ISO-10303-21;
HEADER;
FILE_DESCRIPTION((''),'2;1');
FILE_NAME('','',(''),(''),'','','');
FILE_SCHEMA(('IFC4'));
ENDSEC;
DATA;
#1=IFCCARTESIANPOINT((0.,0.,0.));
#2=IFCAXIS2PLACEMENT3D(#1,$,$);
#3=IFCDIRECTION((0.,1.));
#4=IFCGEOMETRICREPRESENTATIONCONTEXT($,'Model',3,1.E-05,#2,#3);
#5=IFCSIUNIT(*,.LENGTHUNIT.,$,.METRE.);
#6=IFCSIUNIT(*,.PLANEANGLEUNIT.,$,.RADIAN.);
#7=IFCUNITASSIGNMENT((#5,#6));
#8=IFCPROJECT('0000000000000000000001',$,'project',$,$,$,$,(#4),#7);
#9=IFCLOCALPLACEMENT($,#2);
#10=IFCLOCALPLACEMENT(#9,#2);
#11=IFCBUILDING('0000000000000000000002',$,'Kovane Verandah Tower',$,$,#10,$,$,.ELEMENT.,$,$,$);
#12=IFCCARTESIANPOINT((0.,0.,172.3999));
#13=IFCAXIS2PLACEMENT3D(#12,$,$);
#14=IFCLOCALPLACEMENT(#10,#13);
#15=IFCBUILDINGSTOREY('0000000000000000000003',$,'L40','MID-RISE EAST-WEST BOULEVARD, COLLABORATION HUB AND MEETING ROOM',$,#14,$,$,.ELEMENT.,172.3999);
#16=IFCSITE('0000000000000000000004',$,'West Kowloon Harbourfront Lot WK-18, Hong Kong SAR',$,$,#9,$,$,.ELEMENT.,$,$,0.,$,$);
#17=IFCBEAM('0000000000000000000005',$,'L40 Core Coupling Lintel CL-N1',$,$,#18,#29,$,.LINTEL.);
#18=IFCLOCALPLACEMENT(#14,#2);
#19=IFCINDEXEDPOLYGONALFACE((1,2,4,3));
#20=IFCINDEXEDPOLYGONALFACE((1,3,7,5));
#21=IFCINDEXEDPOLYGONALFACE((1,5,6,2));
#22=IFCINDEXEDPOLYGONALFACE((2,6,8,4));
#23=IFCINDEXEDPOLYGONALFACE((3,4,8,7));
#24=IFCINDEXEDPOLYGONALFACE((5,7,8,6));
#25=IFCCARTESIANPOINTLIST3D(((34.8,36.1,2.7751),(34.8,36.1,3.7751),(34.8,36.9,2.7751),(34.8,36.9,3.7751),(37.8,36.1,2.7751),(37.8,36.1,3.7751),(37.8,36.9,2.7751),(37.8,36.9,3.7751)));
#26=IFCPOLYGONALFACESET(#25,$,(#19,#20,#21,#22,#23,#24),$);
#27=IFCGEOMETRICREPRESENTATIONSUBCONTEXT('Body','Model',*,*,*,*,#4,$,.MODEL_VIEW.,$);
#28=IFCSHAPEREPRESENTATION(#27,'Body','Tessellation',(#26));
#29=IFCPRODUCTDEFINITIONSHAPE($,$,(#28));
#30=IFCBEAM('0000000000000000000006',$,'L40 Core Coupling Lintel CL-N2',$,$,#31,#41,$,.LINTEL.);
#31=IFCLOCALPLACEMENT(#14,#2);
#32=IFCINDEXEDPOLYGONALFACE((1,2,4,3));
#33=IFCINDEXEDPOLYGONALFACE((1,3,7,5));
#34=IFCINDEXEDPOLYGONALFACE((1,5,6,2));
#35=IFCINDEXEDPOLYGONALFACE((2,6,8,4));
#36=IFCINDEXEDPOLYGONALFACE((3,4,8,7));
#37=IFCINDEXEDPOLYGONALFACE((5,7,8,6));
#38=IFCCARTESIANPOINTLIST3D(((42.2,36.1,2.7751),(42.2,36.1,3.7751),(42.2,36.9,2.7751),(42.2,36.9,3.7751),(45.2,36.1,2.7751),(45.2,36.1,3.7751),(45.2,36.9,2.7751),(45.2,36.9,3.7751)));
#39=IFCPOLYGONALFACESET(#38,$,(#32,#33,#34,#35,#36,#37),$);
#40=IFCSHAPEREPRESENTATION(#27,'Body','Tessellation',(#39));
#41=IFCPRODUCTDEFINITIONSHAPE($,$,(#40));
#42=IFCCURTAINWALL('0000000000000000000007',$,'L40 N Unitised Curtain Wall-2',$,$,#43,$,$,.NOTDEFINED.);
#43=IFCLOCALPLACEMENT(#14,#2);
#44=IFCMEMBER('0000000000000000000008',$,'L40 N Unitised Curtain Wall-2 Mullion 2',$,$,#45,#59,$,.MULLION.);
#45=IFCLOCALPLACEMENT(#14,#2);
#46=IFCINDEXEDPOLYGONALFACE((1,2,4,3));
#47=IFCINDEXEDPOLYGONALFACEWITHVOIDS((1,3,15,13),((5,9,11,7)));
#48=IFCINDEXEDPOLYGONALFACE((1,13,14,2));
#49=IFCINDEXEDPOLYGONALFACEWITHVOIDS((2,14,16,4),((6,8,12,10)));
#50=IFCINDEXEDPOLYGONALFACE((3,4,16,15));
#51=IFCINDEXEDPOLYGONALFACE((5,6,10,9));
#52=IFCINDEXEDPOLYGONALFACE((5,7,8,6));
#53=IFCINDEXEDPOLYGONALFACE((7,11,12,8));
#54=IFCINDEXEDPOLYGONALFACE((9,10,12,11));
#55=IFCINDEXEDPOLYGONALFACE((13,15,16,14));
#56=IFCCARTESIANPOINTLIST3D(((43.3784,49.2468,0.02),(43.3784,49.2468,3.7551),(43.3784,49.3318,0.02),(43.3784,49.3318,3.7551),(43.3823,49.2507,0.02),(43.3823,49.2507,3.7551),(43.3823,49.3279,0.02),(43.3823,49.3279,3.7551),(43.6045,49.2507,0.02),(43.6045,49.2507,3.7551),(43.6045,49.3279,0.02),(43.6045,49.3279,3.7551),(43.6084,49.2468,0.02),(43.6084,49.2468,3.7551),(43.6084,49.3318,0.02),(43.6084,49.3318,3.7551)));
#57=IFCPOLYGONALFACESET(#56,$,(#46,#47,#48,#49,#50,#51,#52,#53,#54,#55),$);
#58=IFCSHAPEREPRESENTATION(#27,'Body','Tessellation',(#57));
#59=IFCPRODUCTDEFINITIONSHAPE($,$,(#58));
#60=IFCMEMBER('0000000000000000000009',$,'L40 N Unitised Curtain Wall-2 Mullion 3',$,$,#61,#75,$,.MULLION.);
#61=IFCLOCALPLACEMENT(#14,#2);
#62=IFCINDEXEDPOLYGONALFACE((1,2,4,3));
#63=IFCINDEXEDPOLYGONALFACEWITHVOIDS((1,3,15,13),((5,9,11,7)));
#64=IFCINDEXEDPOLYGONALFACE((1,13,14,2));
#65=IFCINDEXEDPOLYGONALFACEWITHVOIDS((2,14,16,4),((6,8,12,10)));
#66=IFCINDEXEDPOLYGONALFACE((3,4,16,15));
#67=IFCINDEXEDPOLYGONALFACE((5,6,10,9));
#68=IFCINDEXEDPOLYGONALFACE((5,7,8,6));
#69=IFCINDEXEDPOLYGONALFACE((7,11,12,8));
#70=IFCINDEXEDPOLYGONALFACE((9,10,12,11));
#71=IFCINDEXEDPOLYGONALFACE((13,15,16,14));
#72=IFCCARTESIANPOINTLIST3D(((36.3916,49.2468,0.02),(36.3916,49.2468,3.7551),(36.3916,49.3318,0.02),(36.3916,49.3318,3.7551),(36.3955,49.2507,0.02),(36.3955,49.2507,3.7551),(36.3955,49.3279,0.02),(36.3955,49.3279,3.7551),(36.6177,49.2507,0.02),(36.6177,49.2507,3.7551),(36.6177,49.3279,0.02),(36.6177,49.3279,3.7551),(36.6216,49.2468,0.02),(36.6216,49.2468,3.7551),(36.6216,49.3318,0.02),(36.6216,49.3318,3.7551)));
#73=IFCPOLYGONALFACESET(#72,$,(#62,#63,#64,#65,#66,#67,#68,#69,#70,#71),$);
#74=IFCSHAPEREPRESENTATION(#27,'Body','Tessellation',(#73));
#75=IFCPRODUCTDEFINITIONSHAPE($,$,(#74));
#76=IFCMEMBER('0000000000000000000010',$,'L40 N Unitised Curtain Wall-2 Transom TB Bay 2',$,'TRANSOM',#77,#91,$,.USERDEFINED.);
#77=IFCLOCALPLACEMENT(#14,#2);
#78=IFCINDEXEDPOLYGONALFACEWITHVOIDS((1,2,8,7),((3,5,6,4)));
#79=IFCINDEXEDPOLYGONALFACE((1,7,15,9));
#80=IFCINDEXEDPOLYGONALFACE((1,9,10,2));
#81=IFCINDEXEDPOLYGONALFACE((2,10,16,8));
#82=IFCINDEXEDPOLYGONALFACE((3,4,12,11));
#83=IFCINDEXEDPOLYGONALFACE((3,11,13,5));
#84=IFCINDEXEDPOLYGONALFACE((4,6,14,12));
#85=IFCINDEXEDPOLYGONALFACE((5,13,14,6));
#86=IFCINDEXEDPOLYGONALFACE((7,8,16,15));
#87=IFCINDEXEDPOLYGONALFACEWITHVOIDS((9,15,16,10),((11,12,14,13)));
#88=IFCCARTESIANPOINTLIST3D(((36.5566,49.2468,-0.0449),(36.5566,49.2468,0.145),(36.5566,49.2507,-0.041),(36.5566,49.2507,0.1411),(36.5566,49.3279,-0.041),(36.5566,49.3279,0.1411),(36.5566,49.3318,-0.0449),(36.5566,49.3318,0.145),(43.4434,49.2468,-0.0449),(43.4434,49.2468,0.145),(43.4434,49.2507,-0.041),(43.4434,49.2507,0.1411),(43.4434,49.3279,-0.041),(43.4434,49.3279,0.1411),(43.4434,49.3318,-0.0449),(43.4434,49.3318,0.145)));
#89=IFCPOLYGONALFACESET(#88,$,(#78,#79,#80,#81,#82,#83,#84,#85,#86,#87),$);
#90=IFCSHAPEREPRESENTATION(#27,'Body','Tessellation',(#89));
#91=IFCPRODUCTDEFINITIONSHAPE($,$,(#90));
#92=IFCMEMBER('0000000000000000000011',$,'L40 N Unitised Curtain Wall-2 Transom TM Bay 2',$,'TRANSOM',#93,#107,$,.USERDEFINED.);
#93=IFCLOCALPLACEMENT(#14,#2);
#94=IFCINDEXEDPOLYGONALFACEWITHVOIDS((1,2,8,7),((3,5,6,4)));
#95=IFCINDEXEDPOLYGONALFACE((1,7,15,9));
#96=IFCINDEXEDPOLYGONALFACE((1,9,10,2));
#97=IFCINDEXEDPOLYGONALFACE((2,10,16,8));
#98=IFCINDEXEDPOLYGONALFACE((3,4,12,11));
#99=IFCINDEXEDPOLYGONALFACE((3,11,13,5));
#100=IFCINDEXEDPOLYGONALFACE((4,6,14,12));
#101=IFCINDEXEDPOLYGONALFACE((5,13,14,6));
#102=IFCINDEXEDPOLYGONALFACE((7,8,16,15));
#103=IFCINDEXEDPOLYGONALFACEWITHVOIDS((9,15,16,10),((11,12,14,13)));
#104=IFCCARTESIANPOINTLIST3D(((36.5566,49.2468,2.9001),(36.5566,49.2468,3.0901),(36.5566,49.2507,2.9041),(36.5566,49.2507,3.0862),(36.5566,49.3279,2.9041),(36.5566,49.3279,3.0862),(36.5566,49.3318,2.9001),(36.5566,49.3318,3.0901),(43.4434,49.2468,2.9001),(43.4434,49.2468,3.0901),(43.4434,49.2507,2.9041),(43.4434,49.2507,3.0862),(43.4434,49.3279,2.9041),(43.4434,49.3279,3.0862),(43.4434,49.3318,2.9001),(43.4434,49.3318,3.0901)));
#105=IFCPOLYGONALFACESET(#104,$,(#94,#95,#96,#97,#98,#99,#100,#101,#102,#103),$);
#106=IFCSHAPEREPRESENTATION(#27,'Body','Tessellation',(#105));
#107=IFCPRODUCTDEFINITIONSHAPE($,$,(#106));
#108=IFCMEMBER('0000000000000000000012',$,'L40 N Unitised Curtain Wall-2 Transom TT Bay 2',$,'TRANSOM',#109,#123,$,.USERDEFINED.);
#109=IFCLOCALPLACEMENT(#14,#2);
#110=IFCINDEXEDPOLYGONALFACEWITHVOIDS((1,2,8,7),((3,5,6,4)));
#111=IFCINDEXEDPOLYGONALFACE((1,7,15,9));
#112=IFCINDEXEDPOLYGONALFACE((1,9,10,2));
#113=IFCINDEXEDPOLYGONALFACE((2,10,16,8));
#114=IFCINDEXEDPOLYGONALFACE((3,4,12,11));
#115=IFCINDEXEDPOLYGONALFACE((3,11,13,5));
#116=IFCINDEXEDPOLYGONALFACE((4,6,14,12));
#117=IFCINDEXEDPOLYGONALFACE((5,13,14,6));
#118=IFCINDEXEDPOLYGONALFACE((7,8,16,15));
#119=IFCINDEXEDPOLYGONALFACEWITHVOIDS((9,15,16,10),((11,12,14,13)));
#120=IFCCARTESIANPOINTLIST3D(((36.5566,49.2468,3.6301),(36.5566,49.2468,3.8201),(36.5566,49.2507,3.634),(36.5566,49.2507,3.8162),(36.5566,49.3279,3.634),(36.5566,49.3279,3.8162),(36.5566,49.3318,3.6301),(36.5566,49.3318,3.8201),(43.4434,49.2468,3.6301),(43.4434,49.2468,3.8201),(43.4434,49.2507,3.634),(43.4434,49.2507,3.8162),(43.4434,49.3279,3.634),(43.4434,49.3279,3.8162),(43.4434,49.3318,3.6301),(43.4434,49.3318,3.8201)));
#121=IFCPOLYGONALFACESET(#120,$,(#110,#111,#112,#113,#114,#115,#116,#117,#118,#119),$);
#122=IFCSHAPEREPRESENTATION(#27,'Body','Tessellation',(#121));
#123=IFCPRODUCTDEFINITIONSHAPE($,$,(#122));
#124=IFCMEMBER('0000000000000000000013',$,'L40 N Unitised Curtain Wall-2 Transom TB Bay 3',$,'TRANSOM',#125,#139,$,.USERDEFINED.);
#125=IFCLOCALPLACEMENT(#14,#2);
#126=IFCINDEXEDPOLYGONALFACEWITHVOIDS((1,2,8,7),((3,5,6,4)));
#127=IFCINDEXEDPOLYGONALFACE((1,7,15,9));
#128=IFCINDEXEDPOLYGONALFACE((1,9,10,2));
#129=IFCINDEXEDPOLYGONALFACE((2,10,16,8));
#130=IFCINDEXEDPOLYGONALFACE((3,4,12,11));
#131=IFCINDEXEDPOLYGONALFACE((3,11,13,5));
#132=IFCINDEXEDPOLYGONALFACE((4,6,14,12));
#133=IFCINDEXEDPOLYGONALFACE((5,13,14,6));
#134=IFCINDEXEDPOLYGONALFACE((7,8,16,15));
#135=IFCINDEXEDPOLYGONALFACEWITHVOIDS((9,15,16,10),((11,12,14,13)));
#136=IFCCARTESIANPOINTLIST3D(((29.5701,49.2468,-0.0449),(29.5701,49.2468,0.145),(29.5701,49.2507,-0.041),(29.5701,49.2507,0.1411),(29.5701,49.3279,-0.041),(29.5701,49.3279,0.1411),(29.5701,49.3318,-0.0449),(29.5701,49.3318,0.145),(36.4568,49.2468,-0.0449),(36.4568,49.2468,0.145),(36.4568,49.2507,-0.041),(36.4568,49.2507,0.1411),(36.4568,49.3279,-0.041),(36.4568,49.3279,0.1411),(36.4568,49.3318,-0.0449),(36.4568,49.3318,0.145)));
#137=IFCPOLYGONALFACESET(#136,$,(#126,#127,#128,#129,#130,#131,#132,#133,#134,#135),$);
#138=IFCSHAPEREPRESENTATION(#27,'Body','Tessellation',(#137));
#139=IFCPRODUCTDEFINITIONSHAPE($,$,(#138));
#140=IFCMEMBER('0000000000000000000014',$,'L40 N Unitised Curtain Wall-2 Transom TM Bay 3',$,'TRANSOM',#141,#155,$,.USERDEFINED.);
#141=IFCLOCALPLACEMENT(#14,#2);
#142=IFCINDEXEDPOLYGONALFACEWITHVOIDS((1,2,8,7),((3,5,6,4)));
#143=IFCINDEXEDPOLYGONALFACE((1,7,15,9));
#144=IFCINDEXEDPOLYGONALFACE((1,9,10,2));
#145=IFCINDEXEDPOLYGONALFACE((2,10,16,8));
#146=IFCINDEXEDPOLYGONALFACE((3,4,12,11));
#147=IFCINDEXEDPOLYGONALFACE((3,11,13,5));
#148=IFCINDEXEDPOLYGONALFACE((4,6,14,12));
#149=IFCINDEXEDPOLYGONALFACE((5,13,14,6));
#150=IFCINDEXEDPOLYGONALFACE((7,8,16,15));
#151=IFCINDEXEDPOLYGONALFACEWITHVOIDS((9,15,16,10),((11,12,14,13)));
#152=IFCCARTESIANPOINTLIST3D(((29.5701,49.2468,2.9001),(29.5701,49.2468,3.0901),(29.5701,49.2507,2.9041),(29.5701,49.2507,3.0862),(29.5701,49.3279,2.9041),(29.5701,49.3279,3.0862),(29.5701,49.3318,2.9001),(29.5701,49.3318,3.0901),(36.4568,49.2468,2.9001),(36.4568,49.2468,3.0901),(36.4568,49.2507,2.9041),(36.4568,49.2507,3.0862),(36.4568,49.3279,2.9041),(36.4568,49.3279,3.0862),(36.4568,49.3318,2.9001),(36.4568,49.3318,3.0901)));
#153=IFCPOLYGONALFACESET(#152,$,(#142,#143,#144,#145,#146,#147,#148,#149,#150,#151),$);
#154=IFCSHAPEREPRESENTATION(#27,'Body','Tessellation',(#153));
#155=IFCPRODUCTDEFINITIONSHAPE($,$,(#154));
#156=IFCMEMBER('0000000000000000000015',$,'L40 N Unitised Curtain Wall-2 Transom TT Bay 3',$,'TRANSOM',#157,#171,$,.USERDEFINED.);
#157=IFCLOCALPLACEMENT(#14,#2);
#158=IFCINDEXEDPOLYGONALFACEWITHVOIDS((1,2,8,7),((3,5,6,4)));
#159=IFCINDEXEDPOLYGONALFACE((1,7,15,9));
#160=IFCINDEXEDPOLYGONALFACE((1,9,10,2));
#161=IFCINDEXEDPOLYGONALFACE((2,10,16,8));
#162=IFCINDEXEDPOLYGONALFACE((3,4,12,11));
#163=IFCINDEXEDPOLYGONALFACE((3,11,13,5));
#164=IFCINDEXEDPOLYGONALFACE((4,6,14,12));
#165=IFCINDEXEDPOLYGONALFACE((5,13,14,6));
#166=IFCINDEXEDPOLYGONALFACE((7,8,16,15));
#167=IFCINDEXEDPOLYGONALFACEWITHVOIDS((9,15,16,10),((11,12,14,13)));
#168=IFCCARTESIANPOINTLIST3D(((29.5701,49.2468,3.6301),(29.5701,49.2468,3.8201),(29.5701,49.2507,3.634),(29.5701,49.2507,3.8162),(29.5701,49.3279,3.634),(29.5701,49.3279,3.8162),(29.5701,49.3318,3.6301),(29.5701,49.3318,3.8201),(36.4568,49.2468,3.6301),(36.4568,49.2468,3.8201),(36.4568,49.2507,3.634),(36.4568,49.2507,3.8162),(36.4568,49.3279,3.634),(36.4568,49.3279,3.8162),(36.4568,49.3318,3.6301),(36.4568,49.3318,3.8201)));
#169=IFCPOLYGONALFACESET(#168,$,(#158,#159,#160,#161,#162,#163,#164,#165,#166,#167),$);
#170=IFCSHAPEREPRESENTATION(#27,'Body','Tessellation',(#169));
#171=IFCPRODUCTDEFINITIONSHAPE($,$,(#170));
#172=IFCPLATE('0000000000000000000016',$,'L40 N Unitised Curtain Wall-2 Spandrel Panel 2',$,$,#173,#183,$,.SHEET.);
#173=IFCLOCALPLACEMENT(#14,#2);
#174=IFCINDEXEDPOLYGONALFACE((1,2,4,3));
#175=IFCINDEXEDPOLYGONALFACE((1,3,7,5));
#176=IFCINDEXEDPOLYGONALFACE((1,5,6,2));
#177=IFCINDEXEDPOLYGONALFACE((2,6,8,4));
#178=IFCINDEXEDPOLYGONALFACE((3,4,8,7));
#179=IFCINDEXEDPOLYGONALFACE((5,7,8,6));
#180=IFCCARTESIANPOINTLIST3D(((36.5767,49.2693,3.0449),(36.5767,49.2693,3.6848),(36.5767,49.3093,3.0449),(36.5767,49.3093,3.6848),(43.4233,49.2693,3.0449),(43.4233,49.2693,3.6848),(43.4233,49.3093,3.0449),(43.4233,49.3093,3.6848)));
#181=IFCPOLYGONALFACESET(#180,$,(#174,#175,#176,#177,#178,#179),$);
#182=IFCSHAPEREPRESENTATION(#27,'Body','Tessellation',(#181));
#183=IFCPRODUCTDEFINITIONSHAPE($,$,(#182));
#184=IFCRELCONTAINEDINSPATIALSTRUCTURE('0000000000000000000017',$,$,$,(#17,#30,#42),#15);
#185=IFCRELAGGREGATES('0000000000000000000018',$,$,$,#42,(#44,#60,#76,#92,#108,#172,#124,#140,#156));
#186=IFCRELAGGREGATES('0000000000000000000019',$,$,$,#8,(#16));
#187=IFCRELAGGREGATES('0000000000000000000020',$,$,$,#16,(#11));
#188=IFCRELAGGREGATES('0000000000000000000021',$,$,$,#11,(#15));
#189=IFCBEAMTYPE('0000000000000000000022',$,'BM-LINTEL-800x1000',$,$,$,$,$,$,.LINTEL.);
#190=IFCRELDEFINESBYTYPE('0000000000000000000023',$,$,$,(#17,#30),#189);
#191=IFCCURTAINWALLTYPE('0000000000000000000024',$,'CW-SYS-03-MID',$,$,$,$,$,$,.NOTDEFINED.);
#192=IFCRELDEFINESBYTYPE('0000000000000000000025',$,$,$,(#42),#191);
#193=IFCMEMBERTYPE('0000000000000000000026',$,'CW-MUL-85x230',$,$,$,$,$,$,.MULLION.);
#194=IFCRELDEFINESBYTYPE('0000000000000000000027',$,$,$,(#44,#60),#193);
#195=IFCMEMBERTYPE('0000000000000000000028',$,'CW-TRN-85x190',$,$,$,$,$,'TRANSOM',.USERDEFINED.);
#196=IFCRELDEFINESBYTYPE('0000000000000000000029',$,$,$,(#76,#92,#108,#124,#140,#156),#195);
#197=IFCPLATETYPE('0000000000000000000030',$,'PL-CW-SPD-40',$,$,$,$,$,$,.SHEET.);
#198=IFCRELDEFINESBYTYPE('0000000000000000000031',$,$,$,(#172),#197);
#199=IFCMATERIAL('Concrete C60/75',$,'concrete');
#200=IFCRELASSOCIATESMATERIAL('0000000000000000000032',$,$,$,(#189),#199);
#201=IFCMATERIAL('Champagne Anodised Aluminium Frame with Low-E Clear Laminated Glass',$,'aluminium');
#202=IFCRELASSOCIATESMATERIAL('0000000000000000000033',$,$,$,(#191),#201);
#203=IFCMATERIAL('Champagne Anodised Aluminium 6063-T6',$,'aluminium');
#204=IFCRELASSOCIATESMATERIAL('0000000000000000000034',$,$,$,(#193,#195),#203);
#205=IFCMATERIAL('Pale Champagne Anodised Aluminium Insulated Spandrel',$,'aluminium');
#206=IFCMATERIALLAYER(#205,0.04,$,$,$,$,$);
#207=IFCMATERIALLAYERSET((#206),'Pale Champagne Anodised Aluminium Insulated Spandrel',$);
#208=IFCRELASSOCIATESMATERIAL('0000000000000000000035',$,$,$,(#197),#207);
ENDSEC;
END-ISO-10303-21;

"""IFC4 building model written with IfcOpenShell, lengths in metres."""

from ifc_helpers import new_model, si_unit, direction, frame, origin, origin_2d, place, context, subcontext, project, spatial, rectangle, hollow_rectangle, extrude, material, layer, layer_set, material_profile, profile_set, type_object, element, aggregate, save


model = new_model("IFC4")

# Units and contexts
model_context = context("Model", 3, precision=1e-05, world=origin(), true_north=direction((0.0, 1.0)))
body_context = subcontext(model_context, "Body", "Model", "MODEL_VIEW")
ifc_project = project(units=[si_unit("LENGTHUNIT", "METRE"), si_unit("PLANEANGLEUNIT", "RADIAN")], contexts=[model_context])

# Site, building, storey
site_placement = place(None, origin())
site = spatial("IfcSite", under=ifc_project, at=site_placement, Name="West Kowloon Harbourfront Lot WK-18, Hong Kong SAR", CompositionType="ELEMENT", RefElevation=0.0)
building_placement = place(site_placement, origin())
building = spatial("IfcBuilding", under=site, at=building_placement, Name="Kovane Verandah Tower", CompositionType="ELEMENT")
storey_placement = place(building_placement, frame((0.0, 0.0, 172.3999)))
storey = spatial("IfcBuildingStorey", under=building, at=storey_placement, Name="L40", Description="MID-RISE EAST-WEST BOULEVARD, COLLABORATION HUB AND MEETING ROOM", CompositionType="ELEMENT", Elevation=172.3999)

# Beams
ifc_material_1 = material(Name="Concrete C60/75", Category="concrete")
ifc_material_profile_1 = material_profile(ifc_material_1, rectangle(XDim=0.8, YDim=1.0, at=origin_2d()), Name="RCB800x1000")
ifc_profile_set_1 = profile_set([ifc_material_profile_1], Name="Concrete C60/75")
beam_type = type_object("IfcBeamType", Name="BM-LINTEL-800x1000", PredefinedType="LINTEL", material=ifc_profile_set_1)
for number, where, z_axis, x_axis, name in (
    (1, (34.8, 36.5, 3.2751), (1.0, 0.0, 0.0), (0.0, 1.0, 0.0), "L40 Core Coupling Lintel CL-N1"),
    (2, (42.2, 36.5, 3.2751), (1.0, 0.0, 0.0), (0.0, 1.0, 0.0), "L40 Core Coupling Lintel CL-N2"),
):
    element("IfcBeam", number, at=place(storey_placement, frame(where, z_axis=z_axis, x_axis=x_axis)), inside=storey, type_object=beam_type, Name=name, PredefinedType="LINTEL", context=body_context, shape_type="SweptSolid", body=[
        extrude(rectangle(XDim=0.8, YDim=1.0, at=origin_2d()), origin(), (0.0, 0.0, 1.0), 3.0),
    ])

# Curtain wall, members, plate
ifc_material_2 = material(Name="Champagne Anodised Aluminium Frame with Low-E Clear Laminated Glass", Category="aluminium")
curtain_wall_type = type_object("IfcCurtainWallType", Name="CW-SYS-03-MID", PredefinedType="NOTDEFINED", material=ifc_material_2)
curtain_wall_placement = place(storey_placement, origin())
curtain_wall = element("IfcCurtainWall", 3, at=curtain_wall_placement, inside=storey, type_object=curtain_wall_type, Name="L40 N Unitised Curtain Wall-2", PredefinedType="NOTDEFINED")
ifc_material_3 = material(Name="Champagne Anodised Aluminium 6063-T6", Category="aluminium")
ifc_material_profile_2 = material_profile(ifc_material_3, hollow_rectangle(XDim=0.085, YDim=0.23, WallThickness=0.0039, at=origin_2d()), Name="AL85x230x4")
ifc_profile_set_2 = profile_set([ifc_material_profile_2], Name="Champagne Anodised Aluminium 6063-T6")
member_type_1 = type_object("IfcMemberType", Name="CW-MUL-85x230", PredefinedType="MULLION", material=ifc_profile_set_2)
member_1_placement = place(storey_placement, frame((43.4934, 49.2893, 0.02), z_axis=(0.0, 0.0, 1.0), x_axis=(0.0, 1.0, 0.0)))
member_1 = element("IfcMember", 4, at=member_1_placement, type_object=member_type_1, Name="L40 N Unitised Curtain Wall-2 Mullion 2", PredefinedType="MULLION", context=body_context, shape_type="SweptSolid", body=[
    extrude(hollow_rectangle(XDim=0.085, YDim=0.23, WallThickness=0.0039, at=origin_2d()), origin(), (0.0, 0.0, 1.0), 3.7351),
])
member_2_placement = place(storey_placement, frame((36.5066, 49.2893, 0.02), z_axis=(0.0, 0.0, 1.0), x_axis=(0.0, 1.0, 0.0)))
member_2 = element("IfcMember", 5, at=member_2_placement, type_object=member_type_1, Name="L40 N Unitised Curtain Wall-2 Mullion 3", PredefinedType="MULLION", context=body_context, shape_type="SweptSolid", body=[
    extrude(hollow_rectangle(XDim=0.085, YDim=0.23, WallThickness=0.0039, at=origin_2d()), origin(), (0.0, 0.0, 1.0), 3.7351),
])
ifc_material_profile_3 = material_profile(ifc_material_3, hollow_rectangle(XDim=0.085, YDim=0.1899, WallThickness=0.0039, at=origin_2d()), Name="AL85x190x4")
ifc_profile_set_3 = profile_set([ifc_material_profile_3], Name="Champagne Anodised Aluminium 6063-T6")
member_type_2 = type_object("IfcMemberType", Name="CW-TRN-85x190", ElementType="TRANSOM", PredefinedType="USERDEFINED", material=ifc_profile_set_3)
member_3_placement = place(storey_placement, frame((43.4434, 49.2893, 0.05), z_axis=(-1.0, 0.0, 0.0), x_axis=(0.0, -1.0, 0.0)))
member_3 = element("IfcMember", 6, at=member_3_placement, type_object=member_type_2, Name="L40 N Unitised Curtain Wall-2 Transom TB Bay 2", ObjectType="TRANSOM", PredefinedType="USERDEFINED", context=body_context, shape_type="SweptSolid", body=[
    extrude(hollow_rectangle(XDim=0.085, YDim=0.1899, WallThickness=0.0039, at=origin_2d()), origin(), (0.0, 0.0, 1.0), 6.8867),
])
member_4_placement = place(storey_placement, frame((43.4434, 49.2893, 2.9951), z_axis=(-1.0, 0.0, 0.0), x_axis=(0.0, -1.0, 0.0)))
member_4 = element("IfcMember", 7, at=member_4_placement, type_object=member_type_2, Name="L40 N Unitised Curtain Wall-2 Transom TM Bay 2", ObjectType="TRANSOM", PredefinedType="USERDEFINED", context=body_context, shape_type="SweptSolid", body=[
    extrude(hollow_rectangle(XDim=0.085, YDim=0.1899, WallThickness=0.0039, at=origin_2d()), origin(), (0.0, 0.0, 1.0), 6.8867),
])
member_5_placement = place(storey_placement, frame((43.4434, 49.2893, 3.7251), z_axis=(-1.0, 0.0, 0.0), x_axis=(0.0, -1.0, 0.0)))
member_5 = element("IfcMember", 8, at=member_5_placement, type_object=member_type_2, Name="L40 N Unitised Curtain Wall-2 Transom TT Bay 2", ObjectType="TRANSOM", PredefinedType="USERDEFINED", context=body_context, shape_type="SweptSolid", body=[
    extrude(hollow_rectangle(XDim=0.085, YDim=0.1899, WallThickness=0.0039, at=origin_2d()), origin(), (0.0, 0.0, 1.0), 6.8867),
])
member_6_placement = place(storey_placement, frame((36.4568, 49.2893, 0.05), z_axis=(-1.0, 0.0, 0.0), x_axis=(0.0, -1.0, 0.0)))
member_6 = element("IfcMember", 9, at=member_6_placement, type_object=member_type_2, Name="L40 N Unitised Curtain Wall-2 Transom TB Bay 3", ObjectType="TRANSOM", PredefinedType="USERDEFINED", context=body_context, shape_type="SweptSolid", body=[
    extrude(hollow_rectangle(XDim=0.085, YDim=0.1899, WallThickness=0.0039, at=origin_2d()), origin(), (0.0, 0.0, 1.0), 6.8867),
])
member_7_placement = place(storey_placement, frame((36.4568, 49.2893, 2.9951), z_axis=(-1.0, 0.0, 0.0), x_axis=(0.0, -1.0, 0.0)))
member_7 = element("IfcMember", 10, at=member_7_placement, type_object=member_type_2, Name="L40 N Unitised Curtain Wall-2 Transom TM Bay 3", ObjectType="TRANSOM", PredefinedType="USERDEFINED", context=body_context, shape_type="SweptSolid", body=[
    extrude(hollow_rectangle(XDim=0.085, YDim=0.1899, WallThickness=0.0039, at=origin_2d()), origin(), (0.0, 0.0, 1.0), 6.8867),
])
member_8_placement = place(storey_placement, frame((36.4568, 49.2893, 3.7251), z_axis=(-1.0, 0.0, 0.0), x_axis=(0.0, -1.0, 0.0)))
member_8 = element("IfcMember", 11, at=member_8_placement, type_object=member_type_2, Name="L40 N Unitised Curtain Wall-2 Transom TT Bay 3", ObjectType="TRANSOM", PredefinedType="USERDEFINED", context=body_context, shape_type="SweptSolid", body=[
    extrude(hollow_rectangle(XDim=0.085, YDim=0.1899, WallThickness=0.0039, at=origin_2d()), origin(), (0.0, 0.0, 1.0), 6.8867),
])
ifc_material_4 = material(Name="Pale Champagne Anodised Aluminium Insulated Spandrel", Category="aluminium")
ifc_layer_1 = layer(ifc_material_4, 0.04)
ifc_layer_set_1 = layer_set([ifc_layer_1], Name="Pale Champagne Anodised Aluminium Insulated Spandrel")
plate_type_1 = type_object("IfcPlateType", Name="PL-CW-SPD-40", PredefinedType="SHEET", material=ifc_layer_set_1)
plate_1_placement = place(storey_placement, frame((40.0, 49.2893, 3.0449), z_axis=(0.0, 0.0, 1.0), x_axis=(-1.0, 0.0, 0.0)))
plate_1 = element("IfcPlate", 12, at=plate_1_placement, type_object=plate_type_1, Name="L40 N Unitised Curtain Wall-2 Spandrel Panel 2", PredefinedType="SHEET", context=body_context, shape_type="SweptSolid", body=[
    extrude(rectangle(XDim=6.8467, YDim=0.04, at=origin_2d()), origin(), (0.0, 0.0, 1.0), 0.6399),
])
aggregate(curtain_wall, [member_1, member_2, member_3, member_4, member_5, plate_1, member_6, member_7, member_8])

save(model, "model.ifc")
